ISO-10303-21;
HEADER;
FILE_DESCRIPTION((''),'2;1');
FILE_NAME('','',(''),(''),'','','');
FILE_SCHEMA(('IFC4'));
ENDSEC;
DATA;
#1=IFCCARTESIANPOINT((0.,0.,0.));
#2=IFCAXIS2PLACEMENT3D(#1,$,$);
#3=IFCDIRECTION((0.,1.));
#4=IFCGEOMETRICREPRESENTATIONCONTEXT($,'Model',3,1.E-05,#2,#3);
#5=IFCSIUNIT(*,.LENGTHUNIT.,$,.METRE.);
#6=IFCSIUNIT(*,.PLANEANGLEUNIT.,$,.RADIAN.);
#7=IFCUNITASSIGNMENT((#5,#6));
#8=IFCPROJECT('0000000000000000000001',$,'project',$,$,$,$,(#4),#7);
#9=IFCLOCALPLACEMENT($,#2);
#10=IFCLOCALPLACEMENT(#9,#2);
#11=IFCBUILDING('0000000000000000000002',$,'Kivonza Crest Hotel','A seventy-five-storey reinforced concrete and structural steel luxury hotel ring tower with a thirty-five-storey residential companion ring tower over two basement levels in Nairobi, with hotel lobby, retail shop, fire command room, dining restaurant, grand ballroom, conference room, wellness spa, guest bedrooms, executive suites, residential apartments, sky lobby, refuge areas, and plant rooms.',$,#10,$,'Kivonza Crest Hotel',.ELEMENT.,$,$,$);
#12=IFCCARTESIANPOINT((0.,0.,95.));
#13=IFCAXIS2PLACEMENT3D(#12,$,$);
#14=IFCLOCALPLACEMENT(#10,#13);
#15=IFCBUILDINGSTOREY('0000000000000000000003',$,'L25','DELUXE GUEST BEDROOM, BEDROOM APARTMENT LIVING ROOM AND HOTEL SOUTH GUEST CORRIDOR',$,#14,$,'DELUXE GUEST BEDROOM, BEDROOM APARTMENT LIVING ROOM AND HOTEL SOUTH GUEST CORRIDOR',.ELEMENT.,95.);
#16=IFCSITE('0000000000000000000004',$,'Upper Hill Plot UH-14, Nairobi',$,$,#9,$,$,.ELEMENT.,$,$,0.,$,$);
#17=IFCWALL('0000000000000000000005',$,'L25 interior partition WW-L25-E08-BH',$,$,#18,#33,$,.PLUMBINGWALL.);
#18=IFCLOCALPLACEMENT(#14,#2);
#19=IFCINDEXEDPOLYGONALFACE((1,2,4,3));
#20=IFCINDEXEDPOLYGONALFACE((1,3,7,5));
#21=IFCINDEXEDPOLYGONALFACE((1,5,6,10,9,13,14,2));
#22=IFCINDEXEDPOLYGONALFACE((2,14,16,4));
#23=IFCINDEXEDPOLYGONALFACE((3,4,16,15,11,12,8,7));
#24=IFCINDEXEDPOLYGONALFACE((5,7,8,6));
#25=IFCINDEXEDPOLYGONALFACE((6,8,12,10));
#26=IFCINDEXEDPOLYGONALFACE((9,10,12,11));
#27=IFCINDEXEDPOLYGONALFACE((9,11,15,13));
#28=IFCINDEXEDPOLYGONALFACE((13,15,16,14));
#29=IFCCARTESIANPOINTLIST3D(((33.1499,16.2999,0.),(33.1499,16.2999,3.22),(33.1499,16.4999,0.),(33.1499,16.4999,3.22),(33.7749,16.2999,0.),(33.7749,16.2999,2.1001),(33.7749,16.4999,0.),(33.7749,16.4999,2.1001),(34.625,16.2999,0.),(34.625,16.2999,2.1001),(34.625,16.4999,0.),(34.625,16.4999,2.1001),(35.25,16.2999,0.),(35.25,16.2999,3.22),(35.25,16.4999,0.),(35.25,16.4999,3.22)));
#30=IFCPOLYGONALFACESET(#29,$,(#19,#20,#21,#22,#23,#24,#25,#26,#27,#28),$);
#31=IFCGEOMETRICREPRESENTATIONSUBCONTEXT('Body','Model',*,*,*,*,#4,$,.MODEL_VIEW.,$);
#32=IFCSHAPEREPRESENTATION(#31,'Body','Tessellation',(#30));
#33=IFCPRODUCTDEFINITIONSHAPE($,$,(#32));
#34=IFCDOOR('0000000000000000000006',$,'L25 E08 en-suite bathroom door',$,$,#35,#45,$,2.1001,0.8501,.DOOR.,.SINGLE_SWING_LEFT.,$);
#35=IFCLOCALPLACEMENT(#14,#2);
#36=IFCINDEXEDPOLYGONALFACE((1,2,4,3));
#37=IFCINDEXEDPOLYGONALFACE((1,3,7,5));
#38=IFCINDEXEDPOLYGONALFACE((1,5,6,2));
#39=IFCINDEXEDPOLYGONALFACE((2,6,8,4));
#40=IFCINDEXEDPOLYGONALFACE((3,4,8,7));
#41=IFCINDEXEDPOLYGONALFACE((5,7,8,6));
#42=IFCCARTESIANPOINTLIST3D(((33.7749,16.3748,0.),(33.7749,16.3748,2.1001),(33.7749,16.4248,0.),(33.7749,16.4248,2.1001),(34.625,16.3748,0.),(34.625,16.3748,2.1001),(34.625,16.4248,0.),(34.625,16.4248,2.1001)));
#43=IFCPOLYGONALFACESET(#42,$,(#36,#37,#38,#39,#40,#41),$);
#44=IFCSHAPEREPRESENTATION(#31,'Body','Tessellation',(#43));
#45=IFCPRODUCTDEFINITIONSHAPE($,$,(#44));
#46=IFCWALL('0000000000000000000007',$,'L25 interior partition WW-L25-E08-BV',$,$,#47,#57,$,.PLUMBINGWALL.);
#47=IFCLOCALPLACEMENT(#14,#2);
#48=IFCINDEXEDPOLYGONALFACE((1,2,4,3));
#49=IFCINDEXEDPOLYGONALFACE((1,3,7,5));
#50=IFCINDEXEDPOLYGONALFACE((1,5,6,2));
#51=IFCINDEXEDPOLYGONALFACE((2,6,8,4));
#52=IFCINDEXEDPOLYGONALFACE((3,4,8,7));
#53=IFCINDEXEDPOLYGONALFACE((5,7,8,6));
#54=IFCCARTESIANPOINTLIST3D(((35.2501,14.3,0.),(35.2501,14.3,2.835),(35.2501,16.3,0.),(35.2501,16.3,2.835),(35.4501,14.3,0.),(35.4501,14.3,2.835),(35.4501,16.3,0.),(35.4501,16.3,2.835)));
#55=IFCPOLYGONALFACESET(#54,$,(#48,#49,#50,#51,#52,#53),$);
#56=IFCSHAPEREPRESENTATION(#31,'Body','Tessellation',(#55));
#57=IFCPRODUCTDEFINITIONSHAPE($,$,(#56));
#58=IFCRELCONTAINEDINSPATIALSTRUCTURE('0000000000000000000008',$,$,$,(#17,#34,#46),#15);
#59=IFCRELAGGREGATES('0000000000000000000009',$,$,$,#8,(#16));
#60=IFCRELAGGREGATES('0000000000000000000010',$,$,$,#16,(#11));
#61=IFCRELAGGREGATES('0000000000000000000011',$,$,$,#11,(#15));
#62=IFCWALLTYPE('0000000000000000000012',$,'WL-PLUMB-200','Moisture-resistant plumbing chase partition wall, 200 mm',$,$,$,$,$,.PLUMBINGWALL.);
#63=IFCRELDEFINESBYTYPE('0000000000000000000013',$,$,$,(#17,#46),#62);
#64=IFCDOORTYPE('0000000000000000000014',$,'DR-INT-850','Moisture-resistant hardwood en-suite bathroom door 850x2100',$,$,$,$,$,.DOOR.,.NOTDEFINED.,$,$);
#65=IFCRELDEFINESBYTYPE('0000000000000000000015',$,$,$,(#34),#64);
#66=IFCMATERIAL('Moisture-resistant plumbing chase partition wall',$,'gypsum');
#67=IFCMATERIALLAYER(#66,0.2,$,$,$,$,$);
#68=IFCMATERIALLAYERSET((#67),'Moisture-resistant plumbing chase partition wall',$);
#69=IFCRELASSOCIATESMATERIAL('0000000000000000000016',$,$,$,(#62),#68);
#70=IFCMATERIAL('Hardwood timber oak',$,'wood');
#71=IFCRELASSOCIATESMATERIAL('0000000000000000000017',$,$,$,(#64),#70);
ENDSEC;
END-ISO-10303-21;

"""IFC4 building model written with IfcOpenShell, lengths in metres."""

from ifc_helpers import new_model, si_unit, direction, frame, frame_2d, origin, place, context, subcontext, project, spatial, rectangle, extrude, material, layer, layer_set, type_object, element, fill, save


model = new_model("IFC4")

# Units and contexts
model_context = context("Model", 3, precision=1e-05, world=origin(), true_north=direction((0.0, 1.0)))
body_context = subcontext(model_context, "Body", "Model", "MODEL_VIEW")
ifc_project = project(units=[si_unit("LENGTHUNIT", "METRE"), si_unit("PLANEANGLEUNIT", "RADIAN")], contexts=[model_context])

# Site, building, storey
site_placement = place(None, origin())
site = spatial("IfcSite", under=ifc_project, at=site_placement, Name="Upper Hill Plot UH-14, Nairobi", CompositionType="ELEMENT", RefElevation=0.0)
building_placement = place(site_placement, origin())
building = spatial("IfcBuilding", under=site, at=building_placement, Name="Kivonza Crest Hotel", Description="A seventy-five-storey reinforced concrete and structural steel luxury hotel ring tower with a thirty-five-storey residential companion ring tower over two basement levels in Nairobi, with hotel lobby, retail shop, fire command room, dining restaurant, grand ballroom, conference room, wellness spa, guest bedrooms, executive suites, residential apartments, sky lobby, refuge areas, and plant rooms.", LongName="Kivonza Crest Hotel", CompositionType="ELEMENT")
storey_placement = place(building_placement, frame((0.0, 0.0, 95.0)))
storey = spatial("IfcBuildingStorey", under=building, at=storey_placement, Name="L25", Description="DELUXE GUEST BEDROOM, BEDROOM APARTMENT LIVING ROOM AND HOTEL SOUTH GUEST CORRIDOR", LongName="DELUXE GUEST BEDROOM, BEDROOM APARTMENT LIVING ROOM AND HOTEL SOUTH GUEST CORRIDOR", CompositionType="ELEMENT", Elevation=95.0)

# Shared definitions
ifc_material_1 = material(Name="Hardwood timber oak", Category="wood")

# Wall, opening, door
ifc_material_2 = material(Name="Moisture-resistant plumbing chase partition wall", Category="gypsum")
ifc_layer_1 = layer(ifc_material_2, 0.2)
ifc_layer_set_1 = layer_set([ifc_layer_1], Name="Moisture-resistant plumbing chase partition wall")
wall_type_1 = type_object("IfcWallType", Name="WL-PLUMB-200", Description="Moisture-resistant plumbing chase partition wall, 200 mm", PredefinedType="PLUMBINGWALL", material=ifc_layer_set_1)
wall_1_placement = place(storey_placement, frame((33.1499, 16.3999, 0.0), z_axis=(0.0, 0.0, 1.0), x_axis=(1.0, 0.0, 0.0)))
wall_1 = element("IfcWall", 1, at=wall_1_placement, inside=storey, type_object=wall_type_1, Name="L25 interior partition WW-L25-E08-BH", PredefinedType="PLUMBINGWALL", context=body_context, shape_type="SweptSolid", body=[
    extrude(rectangle(XDim=2.1001, YDim=0.2, at=frame_2d((1.05, 0.0))), origin(), (0.0, 0.0, 1.0), 3.22),
])
opening_1_placement = place(wall_1_placement, frame((0.625, 0.0, 0.0)))
opening_1 = element("IfcOpeningElement", 2, at=opening_1_placement, cuts=wall_1, PredefinedType="OPENING", context=body_context, shape_type="SweptSolid", body=[
    extrude(rectangle(XDim=0.8501, YDim=2.1001, at=frame_2d((0.425, 1.05))), frame((0.0, 0.1099, 0.0), z_axis=(0.0, -1.0, 0.0), x_axis=(1.0, 0.0, 0.0)), (0.0, 0.0, 1.0), 0.22),
])
door_type_1 = type_object("IfcDoorType", Name="DR-INT-850", Description="Moisture-resistant hardwood en-suite bathroom door 850x2100", OperationType="NOTDEFINED", PredefinedType="DOOR", material=ifc_material_1)
door_1_placement = place(opening_1_placement, origin())
door_1 = element("IfcDoor", 3, at=door_1_placement, inside=storey, type_object=door_type_1, Name="L25 E08 en-suite bathroom door", OperationType="SINGLE_SWING_LEFT", OverallHeight=2.1001, OverallWidth=0.8501, PredefinedType="DOOR", context=body_context, shape_type="SweptSolid", body=[
    extrude(rectangle(XDim=0.8501, YDim=2.1001, at=frame_2d((0.425, 1.05))), frame((0.0, 0.0249, 0.0), z_axis=(0.0, -1.0, 0.0), x_axis=(1.0, 0.0, 0.0)), (0.0, 0.0, 1.0), 0.05),
])
fill(opening_1, door_1)

# Wall
wall_2_placement = place(storey_placement, frame((35.3501, 14.3, 0.0), z_axis=(0.0, 0.0, 1.0), x_axis=(0.0, 1.0, 0.0)))
element("IfcWall", 4, at=wall_2_placement, inside=storey, type_object=wall_type_1, Name="L25 interior partition WW-L25-E08-BV", PredefinedType="PLUMBINGWALL", context=body_context, shape_type="SweptSolid", body=[
    extrude(rectangle(XDim=2.0, YDim=0.2, at=frame_2d((1.0, 0.0))), origin(), (0.0, 0.0, 1.0), 2.835),
])

save(model, "model.ifc")
